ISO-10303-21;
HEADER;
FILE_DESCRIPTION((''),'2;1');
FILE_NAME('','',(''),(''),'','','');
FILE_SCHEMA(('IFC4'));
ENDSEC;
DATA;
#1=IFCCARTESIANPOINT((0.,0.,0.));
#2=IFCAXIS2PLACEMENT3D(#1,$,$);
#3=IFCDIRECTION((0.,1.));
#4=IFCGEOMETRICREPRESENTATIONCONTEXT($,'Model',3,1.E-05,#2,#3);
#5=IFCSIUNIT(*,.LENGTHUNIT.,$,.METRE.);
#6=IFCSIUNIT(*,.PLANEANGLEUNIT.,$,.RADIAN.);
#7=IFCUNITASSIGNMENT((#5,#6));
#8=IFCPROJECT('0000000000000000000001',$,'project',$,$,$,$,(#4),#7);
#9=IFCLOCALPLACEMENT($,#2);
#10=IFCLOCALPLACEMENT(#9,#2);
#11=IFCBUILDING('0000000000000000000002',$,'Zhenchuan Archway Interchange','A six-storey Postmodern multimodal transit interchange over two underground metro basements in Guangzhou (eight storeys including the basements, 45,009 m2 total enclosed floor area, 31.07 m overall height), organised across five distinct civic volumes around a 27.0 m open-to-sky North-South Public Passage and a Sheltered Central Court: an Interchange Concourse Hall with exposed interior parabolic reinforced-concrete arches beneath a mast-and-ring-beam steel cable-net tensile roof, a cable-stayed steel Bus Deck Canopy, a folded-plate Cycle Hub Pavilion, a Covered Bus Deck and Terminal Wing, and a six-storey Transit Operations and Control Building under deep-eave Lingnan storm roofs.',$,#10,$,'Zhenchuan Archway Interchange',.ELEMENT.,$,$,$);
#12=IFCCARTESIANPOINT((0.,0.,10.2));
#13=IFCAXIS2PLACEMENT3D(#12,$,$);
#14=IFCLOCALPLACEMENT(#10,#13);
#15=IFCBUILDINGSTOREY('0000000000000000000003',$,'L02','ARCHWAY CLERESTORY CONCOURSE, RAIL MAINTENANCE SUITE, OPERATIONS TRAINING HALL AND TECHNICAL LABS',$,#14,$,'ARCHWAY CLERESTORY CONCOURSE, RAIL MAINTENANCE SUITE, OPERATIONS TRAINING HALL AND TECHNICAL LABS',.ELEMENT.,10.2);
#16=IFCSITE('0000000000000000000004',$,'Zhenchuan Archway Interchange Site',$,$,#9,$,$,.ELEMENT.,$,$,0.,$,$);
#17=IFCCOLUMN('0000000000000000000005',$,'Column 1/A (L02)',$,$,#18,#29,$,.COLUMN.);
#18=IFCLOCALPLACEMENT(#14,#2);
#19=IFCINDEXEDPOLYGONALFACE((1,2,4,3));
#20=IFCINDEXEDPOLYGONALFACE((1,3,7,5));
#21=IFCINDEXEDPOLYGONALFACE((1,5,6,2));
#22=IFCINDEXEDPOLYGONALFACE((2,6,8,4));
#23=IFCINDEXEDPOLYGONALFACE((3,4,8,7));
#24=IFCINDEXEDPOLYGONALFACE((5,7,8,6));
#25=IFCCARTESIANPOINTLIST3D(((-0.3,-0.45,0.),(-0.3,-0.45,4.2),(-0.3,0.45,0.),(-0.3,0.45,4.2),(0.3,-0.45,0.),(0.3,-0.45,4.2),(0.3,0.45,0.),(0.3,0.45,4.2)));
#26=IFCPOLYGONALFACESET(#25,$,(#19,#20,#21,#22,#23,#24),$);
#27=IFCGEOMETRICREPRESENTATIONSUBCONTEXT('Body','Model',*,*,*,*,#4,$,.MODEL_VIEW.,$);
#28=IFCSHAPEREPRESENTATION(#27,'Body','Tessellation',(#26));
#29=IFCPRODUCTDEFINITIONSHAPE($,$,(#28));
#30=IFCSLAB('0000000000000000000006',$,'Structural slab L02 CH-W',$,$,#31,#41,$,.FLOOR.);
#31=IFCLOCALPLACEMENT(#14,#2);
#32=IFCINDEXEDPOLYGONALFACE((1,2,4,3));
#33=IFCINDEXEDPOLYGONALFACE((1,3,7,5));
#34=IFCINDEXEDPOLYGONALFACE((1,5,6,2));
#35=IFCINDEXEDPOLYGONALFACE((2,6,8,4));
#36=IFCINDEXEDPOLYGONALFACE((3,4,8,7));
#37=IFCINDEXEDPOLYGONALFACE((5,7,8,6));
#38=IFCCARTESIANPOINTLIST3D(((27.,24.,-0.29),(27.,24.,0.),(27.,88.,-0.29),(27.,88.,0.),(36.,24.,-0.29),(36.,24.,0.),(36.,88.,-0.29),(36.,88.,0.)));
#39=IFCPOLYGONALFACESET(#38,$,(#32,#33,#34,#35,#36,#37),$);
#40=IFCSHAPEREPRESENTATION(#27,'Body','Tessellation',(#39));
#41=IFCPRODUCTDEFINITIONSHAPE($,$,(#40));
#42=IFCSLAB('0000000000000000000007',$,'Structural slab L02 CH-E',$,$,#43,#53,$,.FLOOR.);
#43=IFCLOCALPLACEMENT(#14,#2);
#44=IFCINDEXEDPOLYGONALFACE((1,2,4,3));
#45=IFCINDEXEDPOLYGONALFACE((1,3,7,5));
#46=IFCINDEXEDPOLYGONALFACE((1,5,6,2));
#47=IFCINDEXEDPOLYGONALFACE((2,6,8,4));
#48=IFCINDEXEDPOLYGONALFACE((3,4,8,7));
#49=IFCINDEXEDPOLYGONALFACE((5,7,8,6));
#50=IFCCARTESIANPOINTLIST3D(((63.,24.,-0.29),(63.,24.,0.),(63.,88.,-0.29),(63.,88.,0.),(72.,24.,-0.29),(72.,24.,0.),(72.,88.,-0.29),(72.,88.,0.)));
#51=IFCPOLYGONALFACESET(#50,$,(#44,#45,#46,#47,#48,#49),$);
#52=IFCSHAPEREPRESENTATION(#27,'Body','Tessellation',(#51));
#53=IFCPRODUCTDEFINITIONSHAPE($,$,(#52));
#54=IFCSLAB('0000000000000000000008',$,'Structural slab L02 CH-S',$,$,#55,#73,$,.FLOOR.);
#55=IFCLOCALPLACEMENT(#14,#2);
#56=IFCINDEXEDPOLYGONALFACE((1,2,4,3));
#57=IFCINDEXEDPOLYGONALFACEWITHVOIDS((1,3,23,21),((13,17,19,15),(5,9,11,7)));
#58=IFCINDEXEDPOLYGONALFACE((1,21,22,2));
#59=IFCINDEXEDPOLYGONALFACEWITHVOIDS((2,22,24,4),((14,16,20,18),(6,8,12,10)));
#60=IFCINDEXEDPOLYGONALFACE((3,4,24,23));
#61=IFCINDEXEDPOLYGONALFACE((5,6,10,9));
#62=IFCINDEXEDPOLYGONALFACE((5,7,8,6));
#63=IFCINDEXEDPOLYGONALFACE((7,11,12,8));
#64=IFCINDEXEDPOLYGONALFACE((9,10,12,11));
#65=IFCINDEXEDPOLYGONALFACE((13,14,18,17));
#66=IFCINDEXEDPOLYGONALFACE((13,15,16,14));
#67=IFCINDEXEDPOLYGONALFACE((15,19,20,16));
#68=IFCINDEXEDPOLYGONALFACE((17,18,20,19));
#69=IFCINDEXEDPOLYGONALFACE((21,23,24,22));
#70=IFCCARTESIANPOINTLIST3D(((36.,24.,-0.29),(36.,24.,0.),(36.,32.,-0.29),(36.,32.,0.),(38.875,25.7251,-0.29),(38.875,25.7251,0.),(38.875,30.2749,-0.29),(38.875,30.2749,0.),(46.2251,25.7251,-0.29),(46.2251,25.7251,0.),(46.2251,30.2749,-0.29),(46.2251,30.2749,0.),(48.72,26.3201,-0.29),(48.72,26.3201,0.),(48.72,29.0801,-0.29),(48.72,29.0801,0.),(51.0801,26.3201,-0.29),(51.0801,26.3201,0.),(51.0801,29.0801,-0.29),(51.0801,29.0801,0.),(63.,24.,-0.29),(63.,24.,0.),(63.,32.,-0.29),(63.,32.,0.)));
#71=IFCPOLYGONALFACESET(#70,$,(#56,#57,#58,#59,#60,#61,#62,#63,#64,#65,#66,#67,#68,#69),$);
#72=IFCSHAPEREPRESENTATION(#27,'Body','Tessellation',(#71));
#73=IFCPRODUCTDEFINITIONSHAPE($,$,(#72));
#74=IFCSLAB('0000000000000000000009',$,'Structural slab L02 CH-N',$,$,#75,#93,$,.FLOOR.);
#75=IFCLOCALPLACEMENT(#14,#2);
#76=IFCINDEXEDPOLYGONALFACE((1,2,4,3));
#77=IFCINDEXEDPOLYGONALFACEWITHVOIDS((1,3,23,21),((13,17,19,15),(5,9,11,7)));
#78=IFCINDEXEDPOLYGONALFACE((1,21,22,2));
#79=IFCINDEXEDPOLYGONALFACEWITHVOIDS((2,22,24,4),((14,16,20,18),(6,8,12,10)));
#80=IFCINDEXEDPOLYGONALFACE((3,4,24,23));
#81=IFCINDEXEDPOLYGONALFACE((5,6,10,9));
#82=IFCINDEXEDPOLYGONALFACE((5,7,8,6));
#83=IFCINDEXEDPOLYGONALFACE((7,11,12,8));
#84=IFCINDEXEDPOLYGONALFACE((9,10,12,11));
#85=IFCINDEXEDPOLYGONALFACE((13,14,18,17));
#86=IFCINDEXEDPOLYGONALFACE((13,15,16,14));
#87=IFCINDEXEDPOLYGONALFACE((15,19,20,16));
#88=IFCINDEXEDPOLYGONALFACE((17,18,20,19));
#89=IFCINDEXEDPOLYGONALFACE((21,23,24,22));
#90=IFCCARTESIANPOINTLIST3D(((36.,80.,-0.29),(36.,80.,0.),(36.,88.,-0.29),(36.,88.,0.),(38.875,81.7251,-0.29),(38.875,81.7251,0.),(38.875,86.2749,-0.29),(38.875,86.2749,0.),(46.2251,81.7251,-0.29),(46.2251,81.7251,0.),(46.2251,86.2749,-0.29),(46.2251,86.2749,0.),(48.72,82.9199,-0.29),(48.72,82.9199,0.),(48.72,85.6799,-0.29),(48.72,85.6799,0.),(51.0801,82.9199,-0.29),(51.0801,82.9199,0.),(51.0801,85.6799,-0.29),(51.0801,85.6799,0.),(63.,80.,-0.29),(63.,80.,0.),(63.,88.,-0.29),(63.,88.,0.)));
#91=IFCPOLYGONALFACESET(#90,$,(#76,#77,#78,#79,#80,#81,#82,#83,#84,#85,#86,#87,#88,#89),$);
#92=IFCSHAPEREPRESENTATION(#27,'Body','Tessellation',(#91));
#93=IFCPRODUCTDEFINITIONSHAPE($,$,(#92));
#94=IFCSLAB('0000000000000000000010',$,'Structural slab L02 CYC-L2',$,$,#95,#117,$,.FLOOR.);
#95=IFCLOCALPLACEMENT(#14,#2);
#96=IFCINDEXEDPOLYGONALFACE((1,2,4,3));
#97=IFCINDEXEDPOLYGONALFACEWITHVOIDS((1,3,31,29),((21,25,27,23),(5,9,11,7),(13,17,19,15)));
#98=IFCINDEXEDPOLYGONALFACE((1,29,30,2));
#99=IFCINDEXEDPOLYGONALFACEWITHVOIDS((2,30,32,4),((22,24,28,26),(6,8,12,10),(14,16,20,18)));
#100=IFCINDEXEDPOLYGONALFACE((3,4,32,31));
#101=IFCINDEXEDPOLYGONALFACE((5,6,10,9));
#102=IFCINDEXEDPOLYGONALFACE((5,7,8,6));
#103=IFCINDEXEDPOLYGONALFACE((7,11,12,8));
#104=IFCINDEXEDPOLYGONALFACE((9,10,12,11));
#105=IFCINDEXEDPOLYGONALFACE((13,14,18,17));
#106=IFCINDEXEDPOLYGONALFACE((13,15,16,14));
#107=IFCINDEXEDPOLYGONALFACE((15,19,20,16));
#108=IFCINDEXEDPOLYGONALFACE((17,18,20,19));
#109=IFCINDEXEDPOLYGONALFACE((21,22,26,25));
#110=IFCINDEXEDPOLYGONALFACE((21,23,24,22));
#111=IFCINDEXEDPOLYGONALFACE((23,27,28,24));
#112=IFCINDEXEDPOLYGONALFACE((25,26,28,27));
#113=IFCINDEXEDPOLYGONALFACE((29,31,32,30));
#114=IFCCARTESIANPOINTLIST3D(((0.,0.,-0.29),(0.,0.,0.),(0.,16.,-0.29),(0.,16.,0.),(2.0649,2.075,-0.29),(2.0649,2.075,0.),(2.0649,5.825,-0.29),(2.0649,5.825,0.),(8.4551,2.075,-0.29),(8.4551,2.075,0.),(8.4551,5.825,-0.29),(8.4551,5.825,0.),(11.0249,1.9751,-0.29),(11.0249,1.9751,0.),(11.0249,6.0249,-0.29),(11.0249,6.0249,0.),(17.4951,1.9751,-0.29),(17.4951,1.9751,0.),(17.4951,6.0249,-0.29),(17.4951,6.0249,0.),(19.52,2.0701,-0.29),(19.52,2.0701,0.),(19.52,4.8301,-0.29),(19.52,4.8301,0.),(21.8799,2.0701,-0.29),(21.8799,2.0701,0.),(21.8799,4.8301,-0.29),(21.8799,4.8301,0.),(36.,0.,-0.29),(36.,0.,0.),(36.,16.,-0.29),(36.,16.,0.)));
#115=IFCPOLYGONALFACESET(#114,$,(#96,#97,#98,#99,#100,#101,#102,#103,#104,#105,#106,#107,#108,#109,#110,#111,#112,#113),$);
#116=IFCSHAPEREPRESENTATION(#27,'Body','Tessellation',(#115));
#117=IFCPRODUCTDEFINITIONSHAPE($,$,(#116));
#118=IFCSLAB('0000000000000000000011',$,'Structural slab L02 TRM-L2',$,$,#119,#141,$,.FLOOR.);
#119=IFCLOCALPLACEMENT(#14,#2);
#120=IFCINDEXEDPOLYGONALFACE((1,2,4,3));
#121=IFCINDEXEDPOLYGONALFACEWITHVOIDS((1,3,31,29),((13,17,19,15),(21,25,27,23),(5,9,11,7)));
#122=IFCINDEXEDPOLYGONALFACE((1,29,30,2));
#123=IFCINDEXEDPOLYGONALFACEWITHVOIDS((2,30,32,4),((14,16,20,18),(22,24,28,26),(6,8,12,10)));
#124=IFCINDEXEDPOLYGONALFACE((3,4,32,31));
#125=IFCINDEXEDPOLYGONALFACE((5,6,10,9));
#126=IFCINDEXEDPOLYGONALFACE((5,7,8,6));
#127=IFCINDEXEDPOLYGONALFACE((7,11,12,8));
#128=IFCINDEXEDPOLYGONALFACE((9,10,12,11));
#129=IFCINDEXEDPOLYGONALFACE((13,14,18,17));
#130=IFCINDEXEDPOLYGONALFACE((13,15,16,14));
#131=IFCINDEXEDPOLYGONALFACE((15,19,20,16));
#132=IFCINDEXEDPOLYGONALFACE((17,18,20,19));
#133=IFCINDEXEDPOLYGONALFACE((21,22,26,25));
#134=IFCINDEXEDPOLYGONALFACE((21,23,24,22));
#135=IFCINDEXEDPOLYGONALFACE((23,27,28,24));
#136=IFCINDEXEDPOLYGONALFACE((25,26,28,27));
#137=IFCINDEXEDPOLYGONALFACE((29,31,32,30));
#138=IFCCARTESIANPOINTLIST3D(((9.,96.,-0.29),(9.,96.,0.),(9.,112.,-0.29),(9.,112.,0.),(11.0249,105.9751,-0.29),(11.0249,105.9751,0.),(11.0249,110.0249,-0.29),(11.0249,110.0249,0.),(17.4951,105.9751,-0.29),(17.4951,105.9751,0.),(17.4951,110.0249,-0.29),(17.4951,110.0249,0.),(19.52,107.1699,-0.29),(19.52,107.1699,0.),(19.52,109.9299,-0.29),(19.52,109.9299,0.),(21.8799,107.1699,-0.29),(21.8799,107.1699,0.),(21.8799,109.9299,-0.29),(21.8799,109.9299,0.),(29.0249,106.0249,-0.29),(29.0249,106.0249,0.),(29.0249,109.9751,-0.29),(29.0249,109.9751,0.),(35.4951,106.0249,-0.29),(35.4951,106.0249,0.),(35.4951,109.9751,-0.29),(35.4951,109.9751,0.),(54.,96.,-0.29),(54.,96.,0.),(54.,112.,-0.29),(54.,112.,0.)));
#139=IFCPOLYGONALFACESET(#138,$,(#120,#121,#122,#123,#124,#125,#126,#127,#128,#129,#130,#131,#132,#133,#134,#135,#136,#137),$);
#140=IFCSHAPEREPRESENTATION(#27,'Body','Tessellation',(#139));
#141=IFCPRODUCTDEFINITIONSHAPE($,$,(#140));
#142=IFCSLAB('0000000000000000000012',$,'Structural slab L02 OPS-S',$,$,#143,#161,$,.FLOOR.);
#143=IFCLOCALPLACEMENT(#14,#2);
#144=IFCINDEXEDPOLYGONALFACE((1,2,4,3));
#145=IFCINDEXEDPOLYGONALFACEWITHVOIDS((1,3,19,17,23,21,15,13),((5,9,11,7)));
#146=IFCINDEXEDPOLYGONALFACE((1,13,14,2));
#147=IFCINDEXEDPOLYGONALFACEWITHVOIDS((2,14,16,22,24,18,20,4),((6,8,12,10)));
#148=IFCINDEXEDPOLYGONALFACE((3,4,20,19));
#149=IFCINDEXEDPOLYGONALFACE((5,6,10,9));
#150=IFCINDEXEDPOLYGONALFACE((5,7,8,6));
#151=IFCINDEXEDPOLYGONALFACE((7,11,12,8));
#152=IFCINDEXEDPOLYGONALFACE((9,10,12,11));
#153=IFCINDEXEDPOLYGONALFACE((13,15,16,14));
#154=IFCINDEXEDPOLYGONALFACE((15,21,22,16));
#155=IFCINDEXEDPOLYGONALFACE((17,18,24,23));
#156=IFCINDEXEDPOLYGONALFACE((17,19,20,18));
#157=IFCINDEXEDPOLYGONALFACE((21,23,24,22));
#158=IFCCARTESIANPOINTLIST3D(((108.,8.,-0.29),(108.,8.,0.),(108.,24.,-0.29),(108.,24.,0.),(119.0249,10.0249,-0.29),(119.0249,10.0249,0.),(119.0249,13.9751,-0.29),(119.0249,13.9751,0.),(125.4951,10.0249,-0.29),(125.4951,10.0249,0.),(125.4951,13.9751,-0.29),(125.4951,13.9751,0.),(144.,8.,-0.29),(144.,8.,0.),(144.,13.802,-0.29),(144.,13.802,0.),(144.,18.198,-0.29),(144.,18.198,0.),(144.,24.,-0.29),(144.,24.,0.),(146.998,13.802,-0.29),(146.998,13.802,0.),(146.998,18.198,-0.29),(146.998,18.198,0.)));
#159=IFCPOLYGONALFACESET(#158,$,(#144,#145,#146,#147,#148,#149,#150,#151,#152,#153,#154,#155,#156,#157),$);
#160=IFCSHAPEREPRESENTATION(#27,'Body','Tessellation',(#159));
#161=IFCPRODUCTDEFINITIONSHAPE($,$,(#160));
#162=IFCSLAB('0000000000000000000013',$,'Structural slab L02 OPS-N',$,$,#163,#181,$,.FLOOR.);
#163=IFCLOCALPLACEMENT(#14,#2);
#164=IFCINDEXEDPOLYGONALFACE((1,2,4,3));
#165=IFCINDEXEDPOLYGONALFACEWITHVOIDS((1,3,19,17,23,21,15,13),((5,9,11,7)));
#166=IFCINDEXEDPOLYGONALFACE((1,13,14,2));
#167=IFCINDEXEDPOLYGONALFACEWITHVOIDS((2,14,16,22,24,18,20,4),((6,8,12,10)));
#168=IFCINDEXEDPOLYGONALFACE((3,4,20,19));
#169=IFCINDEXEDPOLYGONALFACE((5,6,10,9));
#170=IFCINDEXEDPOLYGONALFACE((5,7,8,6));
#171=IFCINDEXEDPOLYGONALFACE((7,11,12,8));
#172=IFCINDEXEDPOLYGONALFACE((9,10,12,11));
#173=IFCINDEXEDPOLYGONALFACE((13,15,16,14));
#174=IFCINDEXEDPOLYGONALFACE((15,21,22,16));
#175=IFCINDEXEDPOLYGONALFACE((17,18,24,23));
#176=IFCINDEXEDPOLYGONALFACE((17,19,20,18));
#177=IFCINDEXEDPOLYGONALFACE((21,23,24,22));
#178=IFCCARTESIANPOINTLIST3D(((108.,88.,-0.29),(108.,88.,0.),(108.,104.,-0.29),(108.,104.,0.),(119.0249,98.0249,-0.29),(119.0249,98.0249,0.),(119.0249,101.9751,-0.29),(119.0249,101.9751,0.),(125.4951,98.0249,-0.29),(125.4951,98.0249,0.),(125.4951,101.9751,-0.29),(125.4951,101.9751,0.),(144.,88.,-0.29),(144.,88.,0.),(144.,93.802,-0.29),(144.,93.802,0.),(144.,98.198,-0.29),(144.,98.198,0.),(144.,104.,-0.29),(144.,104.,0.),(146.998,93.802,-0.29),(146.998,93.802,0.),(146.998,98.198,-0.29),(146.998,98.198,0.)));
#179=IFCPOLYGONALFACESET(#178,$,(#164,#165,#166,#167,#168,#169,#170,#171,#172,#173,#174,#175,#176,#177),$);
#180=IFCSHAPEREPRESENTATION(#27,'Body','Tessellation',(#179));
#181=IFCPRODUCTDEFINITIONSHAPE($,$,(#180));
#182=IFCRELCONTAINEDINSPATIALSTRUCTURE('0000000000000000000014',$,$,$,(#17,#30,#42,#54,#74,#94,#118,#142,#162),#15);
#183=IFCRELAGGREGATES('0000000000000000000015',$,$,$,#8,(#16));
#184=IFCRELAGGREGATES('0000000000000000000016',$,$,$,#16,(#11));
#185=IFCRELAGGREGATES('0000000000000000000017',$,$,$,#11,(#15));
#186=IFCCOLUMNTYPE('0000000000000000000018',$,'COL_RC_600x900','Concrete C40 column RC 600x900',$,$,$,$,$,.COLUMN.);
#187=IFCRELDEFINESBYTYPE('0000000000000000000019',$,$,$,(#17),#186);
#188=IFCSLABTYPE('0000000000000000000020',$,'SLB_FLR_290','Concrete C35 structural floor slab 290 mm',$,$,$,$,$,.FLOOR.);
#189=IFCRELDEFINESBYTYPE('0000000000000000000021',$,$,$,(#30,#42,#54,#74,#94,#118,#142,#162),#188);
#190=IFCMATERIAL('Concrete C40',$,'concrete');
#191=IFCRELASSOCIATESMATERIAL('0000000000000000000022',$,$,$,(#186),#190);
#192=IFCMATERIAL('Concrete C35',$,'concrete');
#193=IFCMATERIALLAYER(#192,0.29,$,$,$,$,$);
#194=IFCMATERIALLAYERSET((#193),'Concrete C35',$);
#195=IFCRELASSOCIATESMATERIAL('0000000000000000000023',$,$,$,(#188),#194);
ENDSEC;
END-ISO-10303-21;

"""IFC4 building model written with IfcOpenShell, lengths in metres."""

from ifc_helpers import new_model, si_unit, direction, frame, origin, origin_with_axes, origin_2d, place, context, subcontext, project, spatial, polyline, rectangle, outline, extrude, material, layer, layer_set, material_profile, profile_set, type_object, element, save


model = new_model("IFC4")

# Units and contexts
model_context = context("Model", 3, precision=1e-05, world=origin(), true_north=direction((0.0, 1.0)))
body_context = subcontext(model_context, "Body", "Model", "MODEL_VIEW")
ifc_project = project(units=[si_unit("LENGTHUNIT", "METRE"), si_unit("PLANEANGLEUNIT", "RADIAN")], contexts=[model_context])

# Site, building, storey
site_placement = place(None, origin())
site = spatial("IfcSite", under=ifc_project, at=site_placement, Name="Zhenchuan Archway Interchange Site", CompositionType="ELEMENT", RefElevation=0.0)
building_placement = place(site_placement, origin())
building = spatial("IfcBuilding", under=site, at=building_placement, Name="Zhenchuan Archway Interchange", Description="A six-storey Postmodern multimodal transit interchange over two underground metro basements in Guangzhou (eight storeys including the basements, 45,009 m2 total enclosed floor area, 31.07 m overall height), organised across five distinct civic volumes around a 27.0 m open-to-sky North-South Public Passage and a Sheltered Central Court: an Interchange Concourse Hall with exposed interior parabolic reinforced-concrete arches beneath a mast-and-ring-beam steel cable-net tensile roof, a cable-stayed steel Bus Deck Canopy, a folded-plate Cycle Hub Pavilion, a Covered Bus Deck and Terminal Wing, and a six-storey Transit Operations and Control Building under deep-eave Lingnan storm roofs.", LongName="Zhenchuan Archway Interchange", CompositionType="ELEMENT")
storey_placement = place(building_placement, frame((0.0, 0.0, 10.2)))
storey = spatial("IfcBuildingStorey", under=building, at=storey_placement, Name="L02", Description="ARCHWAY CLERESTORY CONCOURSE, RAIL MAINTENANCE SUITE, OPERATIONS TRAINING HALL AND TECHNICAL LABS", LongName="ARCHWAY CLERESTORY CONCOURSE, RAIL MAINTENANCE SUITE, OPERATIONS TRAINING HALL AND TECHNICAL LABS", CompositionType="ELEMENT", Elevation=10.2)

# Column
ifc_material_1 = material(Name="Concrete C40", Category="concrete")
ifc_material_profile = material_profile(ifc_material_1, rectangle(XDim=0.6001, YDim=0.8999, at=origin_2d()), Name="RC 600x900")
ifc_profile_set = profile_set([ifc_material_profile], Name="Concrete C40")
column_type = type_object("IfcColumnType", Name="COL_RC_600x900", Description="Concrete C40 column RC 600x900", PredefinedType="COLUMN", material=ifc_profile_set)
column_placement = place(storey_placement, origin_with_axes())
element("IfcColumn", 1, at=column_placement, inside=storey, type_object=column_type, Name="Column 1/A (L02)", PredefinedType="COLUMN", context=body_context, shape_type="SweptSolid", body=[
    extrude(rectangle(XDim=0.6001, YDim=0.8999, at=origin_2d()), origin(), (0.0, 0.0, 1.0), 4.2),
])

# Slabs
ifc_material_2 = material(Name="Concrete C35", Category="concrete")
ifc_layer_1 = layer(ifc_material_2, 0.29)
ifc_layer_set_1 = layer_set([ifc_layer_1], Name="Concrete C35")
slab_type_1 = type_object("IfcSlabType", Name="SLB_FLR_290", Description="Concrete C35 structural floor slab 290 mm", PredefinedType="FLOOR", material=ifc_layer_set_1)
slab_1_placement = place(storey_placement, frame((0.0, 0.0, -0.29)))
element("IfcSlab", 2, at=slab_1_placement, inside=storey, type_object=slab_type_1, Name="Structural slab L02 CH-W", PredefinedType="FLOOR", context=body_context, shape_type="SweptSolid", body=[
    extrude(outline(polyline([(36.0, 24.0), (27.0, 24.0), (27.0, 88.0), (36.0, 88.0), (36.0, 24.0)])), origin(), (0.0, 0.0, 1.0), 0.29),
])
slab_2_placement = place(storey_placement, frame((0.0, 0.0, -0.29)))
element("IfcSlab", 3, at=slab_2_placement, inside=storey, type_object=slab_type_1, Name="Structural slab L02 CH-E", PredefinedType="FLOOR", context=body_context, shape_type="SweptSolid", body=[
    extrude(outline(polyline([(63.0, 88.0), (72.0, 88.0), (72.0, 24.0), (63.0, 24.0), (63.0, 88.0)])), origin(), (0.0, 0.0, 1.0), 0.29),
])
slab_3_placement = place(storey_placement, frame((0.0, 0.0, -0.29)))
element("IfcSlab", 4, at=slab_3_placement, inside=storey, type_object=slab_type_1, Name="Structural slab L02 CH-S", PredefinedType="FLOOR", context=body_context, shape_type="SweptSolid", body=[
    extrude(outline(polyline([(63.0, 32.0), (63.0, 24.0), (36.0, 24.0), (36.0, 32.0), (63.0, 32.0)]), holes=[polyline([(38.875, 30.2749), (38.875, 25.7251), (46.2251, 25.7251), (46.2251, 30.2749), (38.875, 30.2749)]), polyline([(51.0801, 29.0801), (48.72, 29.0801), (48.72, 26.3201), (51.0801, 26.3201), (51.0801, 29.0801)])]), origin(), (0.0, 0.0, 1.0), 0.29),
])
slab_4_placement = place(storey_placement, frame((0.0, 0.0, -0.29)))
element("IfcSlab", 5, at=slab_4_placement, inside=storey, type_object=slab_type_1, Name="Structural slab L02 CH-N", PredefinedType="FLOOR", context=body_context, shape_type="SweptSolid", body=[
    extrude(outline(polyline([(63.0, 88.0), (63.0, 80.0), (36.0, 80.0), (36.0, 88.0), (63.0, 88.0)]), holes=[polyline([(38.875, 86.2749), (38.875, 81.7251), (46.2251, 81.7251), (46.2251, 86.2749), (38.875, 86.2749)]), polyline([(51.0801, 85.6799), (48.72, 85.6799), (48.72, 82.9199), (51.0801, 82.9199), (51.0801, 85.6799)])]), origin(), (0.0, 0.0, 1.0), 0.29),
])
slab_5_placement = place(storey_placement, frame((0.0, 0.0, -0.29)))
element("IfcSlab", 6, at=slab_5_placement, inside=storey, type_object=slab_type_1, Name="Structural slab L02 CYC-L2", PredefinedType="FLOOR", context=body_context, shape_type="SweptSolid", body=[
    extrude(outline(polyline([(36.0, 16.0), (36.0, 0.0), (0.0, 0.0), (0.0, 16.0), (36.0, 16.0)]), holes=[polyline([(11.0249, 6.0249), (11.0249, 1.9751), (17.4951, 1.9751), (17.4951, 6.0249), (11.0249, 6.0249)]), polyline([(8.4551, 5.825), (2.0649, 5.825), (2.0649, 2.075), (8.4551, 2.075), (8.4551, 5.825)]), polyline([(21.8799, 2.0701), (21.8799, 4.8301), (19.52, 4.8301), (19.52, 2.0701), (21.8799, 2.0701)])]), origin(), (0.0, 0.0, 1.0), 0.29),
])
slab_6_placement = place(storey_placement, frame((0.0, 0.0, -0.29)))
element("IfcSlab", 7, at=slab_6_placement, inside=storey, type_object=slab_type_1, Name="Structural slab L02 TRM-L2", PredefinedType="FLOOR", context=body_context, shape_type="SweptSolid", body=[
    extrude(outline(polyline([(54.0, 112.0), (54.0, 96.0), (9.0, 96.0), (9.0, 112.0), (54.0, 112.0)]), holes=[polyline([(11.0249, 110.0249), (11.0249, 105.9751), (17.4951, 105.9751), (17.4951, 110.0249), (11.0249, 110.0249)]), polyline([(35.4951, 109.9751), (29.0249, 109.9751), (29.0249, 106.0249), (35.4951, 106.0249), (35.4951, 109.9751)]), polyline([(21.8799, 107.1699), (21.8799, 109.9299), (19.52, 109.9299), (19.52, 107.1699), (21.8799, 107.1699)])]), origin(), (0.0, 0.0, 1.0), 0.29),
])
slab_7_placement = place(storey_placement, frame((0.0, 0.0, -0.29)))
element("IfcSlab", 8, at=slab_7_placement, inside=storey, type_object=slab_type_1, Name="Structural slab L02 OPS-S", PredefinedType="FLOOR", context=body_context, shape_type="SweptSolid", body=[
    extrude(outline(polyline([(108.0, 8.0), (108.0, 24.0), (144.0, 24.0), (144.0, 18.198), (146.998, 18.198), (146.998, 13.802), (144.0, 13.802), (144.0, 8.0), (108.0, 8.0)]), holes=[polyline([(125.4951, 10.0249), (125.4951, 13.9751), (119.0249, 13.9751), (119.0249, 10.0249), (125.4951, 10.0249)])]), origin(), (0.0, 0.0, 1.0), 0.29),
])
slab_8_placement = place(storey_placement, frame((0.0, 0.0, -0.29)))
element("IfcSlab", 9, at=slab_8_placement, inside=storey, type_object=slab_type_1, Name="Structural slab L02 OPS-N", PredefinedType="FLOOR", context=body_context, shape_type="SweptSolid", body=[
    extrude(outline(polyline([(108.0, 88.0), (108.0, 104.0), (144.0, 104.0), (144.0, 98.198), (146.998, 98.198), (146.998, 93.802), (144.0, 93.802), (144.0, 88.0), (108.0, 88.0)]), holes=[polyline([(125.4951, 98.0249), (125.4951, 101.9751), (119.0249, 101.9751), (119.0249, 98.0249), (125.4951, 98.0249)])]), origin(), (0.0, 0.0, 1.0), 0.29),
])

save(model, "model.ifc")
